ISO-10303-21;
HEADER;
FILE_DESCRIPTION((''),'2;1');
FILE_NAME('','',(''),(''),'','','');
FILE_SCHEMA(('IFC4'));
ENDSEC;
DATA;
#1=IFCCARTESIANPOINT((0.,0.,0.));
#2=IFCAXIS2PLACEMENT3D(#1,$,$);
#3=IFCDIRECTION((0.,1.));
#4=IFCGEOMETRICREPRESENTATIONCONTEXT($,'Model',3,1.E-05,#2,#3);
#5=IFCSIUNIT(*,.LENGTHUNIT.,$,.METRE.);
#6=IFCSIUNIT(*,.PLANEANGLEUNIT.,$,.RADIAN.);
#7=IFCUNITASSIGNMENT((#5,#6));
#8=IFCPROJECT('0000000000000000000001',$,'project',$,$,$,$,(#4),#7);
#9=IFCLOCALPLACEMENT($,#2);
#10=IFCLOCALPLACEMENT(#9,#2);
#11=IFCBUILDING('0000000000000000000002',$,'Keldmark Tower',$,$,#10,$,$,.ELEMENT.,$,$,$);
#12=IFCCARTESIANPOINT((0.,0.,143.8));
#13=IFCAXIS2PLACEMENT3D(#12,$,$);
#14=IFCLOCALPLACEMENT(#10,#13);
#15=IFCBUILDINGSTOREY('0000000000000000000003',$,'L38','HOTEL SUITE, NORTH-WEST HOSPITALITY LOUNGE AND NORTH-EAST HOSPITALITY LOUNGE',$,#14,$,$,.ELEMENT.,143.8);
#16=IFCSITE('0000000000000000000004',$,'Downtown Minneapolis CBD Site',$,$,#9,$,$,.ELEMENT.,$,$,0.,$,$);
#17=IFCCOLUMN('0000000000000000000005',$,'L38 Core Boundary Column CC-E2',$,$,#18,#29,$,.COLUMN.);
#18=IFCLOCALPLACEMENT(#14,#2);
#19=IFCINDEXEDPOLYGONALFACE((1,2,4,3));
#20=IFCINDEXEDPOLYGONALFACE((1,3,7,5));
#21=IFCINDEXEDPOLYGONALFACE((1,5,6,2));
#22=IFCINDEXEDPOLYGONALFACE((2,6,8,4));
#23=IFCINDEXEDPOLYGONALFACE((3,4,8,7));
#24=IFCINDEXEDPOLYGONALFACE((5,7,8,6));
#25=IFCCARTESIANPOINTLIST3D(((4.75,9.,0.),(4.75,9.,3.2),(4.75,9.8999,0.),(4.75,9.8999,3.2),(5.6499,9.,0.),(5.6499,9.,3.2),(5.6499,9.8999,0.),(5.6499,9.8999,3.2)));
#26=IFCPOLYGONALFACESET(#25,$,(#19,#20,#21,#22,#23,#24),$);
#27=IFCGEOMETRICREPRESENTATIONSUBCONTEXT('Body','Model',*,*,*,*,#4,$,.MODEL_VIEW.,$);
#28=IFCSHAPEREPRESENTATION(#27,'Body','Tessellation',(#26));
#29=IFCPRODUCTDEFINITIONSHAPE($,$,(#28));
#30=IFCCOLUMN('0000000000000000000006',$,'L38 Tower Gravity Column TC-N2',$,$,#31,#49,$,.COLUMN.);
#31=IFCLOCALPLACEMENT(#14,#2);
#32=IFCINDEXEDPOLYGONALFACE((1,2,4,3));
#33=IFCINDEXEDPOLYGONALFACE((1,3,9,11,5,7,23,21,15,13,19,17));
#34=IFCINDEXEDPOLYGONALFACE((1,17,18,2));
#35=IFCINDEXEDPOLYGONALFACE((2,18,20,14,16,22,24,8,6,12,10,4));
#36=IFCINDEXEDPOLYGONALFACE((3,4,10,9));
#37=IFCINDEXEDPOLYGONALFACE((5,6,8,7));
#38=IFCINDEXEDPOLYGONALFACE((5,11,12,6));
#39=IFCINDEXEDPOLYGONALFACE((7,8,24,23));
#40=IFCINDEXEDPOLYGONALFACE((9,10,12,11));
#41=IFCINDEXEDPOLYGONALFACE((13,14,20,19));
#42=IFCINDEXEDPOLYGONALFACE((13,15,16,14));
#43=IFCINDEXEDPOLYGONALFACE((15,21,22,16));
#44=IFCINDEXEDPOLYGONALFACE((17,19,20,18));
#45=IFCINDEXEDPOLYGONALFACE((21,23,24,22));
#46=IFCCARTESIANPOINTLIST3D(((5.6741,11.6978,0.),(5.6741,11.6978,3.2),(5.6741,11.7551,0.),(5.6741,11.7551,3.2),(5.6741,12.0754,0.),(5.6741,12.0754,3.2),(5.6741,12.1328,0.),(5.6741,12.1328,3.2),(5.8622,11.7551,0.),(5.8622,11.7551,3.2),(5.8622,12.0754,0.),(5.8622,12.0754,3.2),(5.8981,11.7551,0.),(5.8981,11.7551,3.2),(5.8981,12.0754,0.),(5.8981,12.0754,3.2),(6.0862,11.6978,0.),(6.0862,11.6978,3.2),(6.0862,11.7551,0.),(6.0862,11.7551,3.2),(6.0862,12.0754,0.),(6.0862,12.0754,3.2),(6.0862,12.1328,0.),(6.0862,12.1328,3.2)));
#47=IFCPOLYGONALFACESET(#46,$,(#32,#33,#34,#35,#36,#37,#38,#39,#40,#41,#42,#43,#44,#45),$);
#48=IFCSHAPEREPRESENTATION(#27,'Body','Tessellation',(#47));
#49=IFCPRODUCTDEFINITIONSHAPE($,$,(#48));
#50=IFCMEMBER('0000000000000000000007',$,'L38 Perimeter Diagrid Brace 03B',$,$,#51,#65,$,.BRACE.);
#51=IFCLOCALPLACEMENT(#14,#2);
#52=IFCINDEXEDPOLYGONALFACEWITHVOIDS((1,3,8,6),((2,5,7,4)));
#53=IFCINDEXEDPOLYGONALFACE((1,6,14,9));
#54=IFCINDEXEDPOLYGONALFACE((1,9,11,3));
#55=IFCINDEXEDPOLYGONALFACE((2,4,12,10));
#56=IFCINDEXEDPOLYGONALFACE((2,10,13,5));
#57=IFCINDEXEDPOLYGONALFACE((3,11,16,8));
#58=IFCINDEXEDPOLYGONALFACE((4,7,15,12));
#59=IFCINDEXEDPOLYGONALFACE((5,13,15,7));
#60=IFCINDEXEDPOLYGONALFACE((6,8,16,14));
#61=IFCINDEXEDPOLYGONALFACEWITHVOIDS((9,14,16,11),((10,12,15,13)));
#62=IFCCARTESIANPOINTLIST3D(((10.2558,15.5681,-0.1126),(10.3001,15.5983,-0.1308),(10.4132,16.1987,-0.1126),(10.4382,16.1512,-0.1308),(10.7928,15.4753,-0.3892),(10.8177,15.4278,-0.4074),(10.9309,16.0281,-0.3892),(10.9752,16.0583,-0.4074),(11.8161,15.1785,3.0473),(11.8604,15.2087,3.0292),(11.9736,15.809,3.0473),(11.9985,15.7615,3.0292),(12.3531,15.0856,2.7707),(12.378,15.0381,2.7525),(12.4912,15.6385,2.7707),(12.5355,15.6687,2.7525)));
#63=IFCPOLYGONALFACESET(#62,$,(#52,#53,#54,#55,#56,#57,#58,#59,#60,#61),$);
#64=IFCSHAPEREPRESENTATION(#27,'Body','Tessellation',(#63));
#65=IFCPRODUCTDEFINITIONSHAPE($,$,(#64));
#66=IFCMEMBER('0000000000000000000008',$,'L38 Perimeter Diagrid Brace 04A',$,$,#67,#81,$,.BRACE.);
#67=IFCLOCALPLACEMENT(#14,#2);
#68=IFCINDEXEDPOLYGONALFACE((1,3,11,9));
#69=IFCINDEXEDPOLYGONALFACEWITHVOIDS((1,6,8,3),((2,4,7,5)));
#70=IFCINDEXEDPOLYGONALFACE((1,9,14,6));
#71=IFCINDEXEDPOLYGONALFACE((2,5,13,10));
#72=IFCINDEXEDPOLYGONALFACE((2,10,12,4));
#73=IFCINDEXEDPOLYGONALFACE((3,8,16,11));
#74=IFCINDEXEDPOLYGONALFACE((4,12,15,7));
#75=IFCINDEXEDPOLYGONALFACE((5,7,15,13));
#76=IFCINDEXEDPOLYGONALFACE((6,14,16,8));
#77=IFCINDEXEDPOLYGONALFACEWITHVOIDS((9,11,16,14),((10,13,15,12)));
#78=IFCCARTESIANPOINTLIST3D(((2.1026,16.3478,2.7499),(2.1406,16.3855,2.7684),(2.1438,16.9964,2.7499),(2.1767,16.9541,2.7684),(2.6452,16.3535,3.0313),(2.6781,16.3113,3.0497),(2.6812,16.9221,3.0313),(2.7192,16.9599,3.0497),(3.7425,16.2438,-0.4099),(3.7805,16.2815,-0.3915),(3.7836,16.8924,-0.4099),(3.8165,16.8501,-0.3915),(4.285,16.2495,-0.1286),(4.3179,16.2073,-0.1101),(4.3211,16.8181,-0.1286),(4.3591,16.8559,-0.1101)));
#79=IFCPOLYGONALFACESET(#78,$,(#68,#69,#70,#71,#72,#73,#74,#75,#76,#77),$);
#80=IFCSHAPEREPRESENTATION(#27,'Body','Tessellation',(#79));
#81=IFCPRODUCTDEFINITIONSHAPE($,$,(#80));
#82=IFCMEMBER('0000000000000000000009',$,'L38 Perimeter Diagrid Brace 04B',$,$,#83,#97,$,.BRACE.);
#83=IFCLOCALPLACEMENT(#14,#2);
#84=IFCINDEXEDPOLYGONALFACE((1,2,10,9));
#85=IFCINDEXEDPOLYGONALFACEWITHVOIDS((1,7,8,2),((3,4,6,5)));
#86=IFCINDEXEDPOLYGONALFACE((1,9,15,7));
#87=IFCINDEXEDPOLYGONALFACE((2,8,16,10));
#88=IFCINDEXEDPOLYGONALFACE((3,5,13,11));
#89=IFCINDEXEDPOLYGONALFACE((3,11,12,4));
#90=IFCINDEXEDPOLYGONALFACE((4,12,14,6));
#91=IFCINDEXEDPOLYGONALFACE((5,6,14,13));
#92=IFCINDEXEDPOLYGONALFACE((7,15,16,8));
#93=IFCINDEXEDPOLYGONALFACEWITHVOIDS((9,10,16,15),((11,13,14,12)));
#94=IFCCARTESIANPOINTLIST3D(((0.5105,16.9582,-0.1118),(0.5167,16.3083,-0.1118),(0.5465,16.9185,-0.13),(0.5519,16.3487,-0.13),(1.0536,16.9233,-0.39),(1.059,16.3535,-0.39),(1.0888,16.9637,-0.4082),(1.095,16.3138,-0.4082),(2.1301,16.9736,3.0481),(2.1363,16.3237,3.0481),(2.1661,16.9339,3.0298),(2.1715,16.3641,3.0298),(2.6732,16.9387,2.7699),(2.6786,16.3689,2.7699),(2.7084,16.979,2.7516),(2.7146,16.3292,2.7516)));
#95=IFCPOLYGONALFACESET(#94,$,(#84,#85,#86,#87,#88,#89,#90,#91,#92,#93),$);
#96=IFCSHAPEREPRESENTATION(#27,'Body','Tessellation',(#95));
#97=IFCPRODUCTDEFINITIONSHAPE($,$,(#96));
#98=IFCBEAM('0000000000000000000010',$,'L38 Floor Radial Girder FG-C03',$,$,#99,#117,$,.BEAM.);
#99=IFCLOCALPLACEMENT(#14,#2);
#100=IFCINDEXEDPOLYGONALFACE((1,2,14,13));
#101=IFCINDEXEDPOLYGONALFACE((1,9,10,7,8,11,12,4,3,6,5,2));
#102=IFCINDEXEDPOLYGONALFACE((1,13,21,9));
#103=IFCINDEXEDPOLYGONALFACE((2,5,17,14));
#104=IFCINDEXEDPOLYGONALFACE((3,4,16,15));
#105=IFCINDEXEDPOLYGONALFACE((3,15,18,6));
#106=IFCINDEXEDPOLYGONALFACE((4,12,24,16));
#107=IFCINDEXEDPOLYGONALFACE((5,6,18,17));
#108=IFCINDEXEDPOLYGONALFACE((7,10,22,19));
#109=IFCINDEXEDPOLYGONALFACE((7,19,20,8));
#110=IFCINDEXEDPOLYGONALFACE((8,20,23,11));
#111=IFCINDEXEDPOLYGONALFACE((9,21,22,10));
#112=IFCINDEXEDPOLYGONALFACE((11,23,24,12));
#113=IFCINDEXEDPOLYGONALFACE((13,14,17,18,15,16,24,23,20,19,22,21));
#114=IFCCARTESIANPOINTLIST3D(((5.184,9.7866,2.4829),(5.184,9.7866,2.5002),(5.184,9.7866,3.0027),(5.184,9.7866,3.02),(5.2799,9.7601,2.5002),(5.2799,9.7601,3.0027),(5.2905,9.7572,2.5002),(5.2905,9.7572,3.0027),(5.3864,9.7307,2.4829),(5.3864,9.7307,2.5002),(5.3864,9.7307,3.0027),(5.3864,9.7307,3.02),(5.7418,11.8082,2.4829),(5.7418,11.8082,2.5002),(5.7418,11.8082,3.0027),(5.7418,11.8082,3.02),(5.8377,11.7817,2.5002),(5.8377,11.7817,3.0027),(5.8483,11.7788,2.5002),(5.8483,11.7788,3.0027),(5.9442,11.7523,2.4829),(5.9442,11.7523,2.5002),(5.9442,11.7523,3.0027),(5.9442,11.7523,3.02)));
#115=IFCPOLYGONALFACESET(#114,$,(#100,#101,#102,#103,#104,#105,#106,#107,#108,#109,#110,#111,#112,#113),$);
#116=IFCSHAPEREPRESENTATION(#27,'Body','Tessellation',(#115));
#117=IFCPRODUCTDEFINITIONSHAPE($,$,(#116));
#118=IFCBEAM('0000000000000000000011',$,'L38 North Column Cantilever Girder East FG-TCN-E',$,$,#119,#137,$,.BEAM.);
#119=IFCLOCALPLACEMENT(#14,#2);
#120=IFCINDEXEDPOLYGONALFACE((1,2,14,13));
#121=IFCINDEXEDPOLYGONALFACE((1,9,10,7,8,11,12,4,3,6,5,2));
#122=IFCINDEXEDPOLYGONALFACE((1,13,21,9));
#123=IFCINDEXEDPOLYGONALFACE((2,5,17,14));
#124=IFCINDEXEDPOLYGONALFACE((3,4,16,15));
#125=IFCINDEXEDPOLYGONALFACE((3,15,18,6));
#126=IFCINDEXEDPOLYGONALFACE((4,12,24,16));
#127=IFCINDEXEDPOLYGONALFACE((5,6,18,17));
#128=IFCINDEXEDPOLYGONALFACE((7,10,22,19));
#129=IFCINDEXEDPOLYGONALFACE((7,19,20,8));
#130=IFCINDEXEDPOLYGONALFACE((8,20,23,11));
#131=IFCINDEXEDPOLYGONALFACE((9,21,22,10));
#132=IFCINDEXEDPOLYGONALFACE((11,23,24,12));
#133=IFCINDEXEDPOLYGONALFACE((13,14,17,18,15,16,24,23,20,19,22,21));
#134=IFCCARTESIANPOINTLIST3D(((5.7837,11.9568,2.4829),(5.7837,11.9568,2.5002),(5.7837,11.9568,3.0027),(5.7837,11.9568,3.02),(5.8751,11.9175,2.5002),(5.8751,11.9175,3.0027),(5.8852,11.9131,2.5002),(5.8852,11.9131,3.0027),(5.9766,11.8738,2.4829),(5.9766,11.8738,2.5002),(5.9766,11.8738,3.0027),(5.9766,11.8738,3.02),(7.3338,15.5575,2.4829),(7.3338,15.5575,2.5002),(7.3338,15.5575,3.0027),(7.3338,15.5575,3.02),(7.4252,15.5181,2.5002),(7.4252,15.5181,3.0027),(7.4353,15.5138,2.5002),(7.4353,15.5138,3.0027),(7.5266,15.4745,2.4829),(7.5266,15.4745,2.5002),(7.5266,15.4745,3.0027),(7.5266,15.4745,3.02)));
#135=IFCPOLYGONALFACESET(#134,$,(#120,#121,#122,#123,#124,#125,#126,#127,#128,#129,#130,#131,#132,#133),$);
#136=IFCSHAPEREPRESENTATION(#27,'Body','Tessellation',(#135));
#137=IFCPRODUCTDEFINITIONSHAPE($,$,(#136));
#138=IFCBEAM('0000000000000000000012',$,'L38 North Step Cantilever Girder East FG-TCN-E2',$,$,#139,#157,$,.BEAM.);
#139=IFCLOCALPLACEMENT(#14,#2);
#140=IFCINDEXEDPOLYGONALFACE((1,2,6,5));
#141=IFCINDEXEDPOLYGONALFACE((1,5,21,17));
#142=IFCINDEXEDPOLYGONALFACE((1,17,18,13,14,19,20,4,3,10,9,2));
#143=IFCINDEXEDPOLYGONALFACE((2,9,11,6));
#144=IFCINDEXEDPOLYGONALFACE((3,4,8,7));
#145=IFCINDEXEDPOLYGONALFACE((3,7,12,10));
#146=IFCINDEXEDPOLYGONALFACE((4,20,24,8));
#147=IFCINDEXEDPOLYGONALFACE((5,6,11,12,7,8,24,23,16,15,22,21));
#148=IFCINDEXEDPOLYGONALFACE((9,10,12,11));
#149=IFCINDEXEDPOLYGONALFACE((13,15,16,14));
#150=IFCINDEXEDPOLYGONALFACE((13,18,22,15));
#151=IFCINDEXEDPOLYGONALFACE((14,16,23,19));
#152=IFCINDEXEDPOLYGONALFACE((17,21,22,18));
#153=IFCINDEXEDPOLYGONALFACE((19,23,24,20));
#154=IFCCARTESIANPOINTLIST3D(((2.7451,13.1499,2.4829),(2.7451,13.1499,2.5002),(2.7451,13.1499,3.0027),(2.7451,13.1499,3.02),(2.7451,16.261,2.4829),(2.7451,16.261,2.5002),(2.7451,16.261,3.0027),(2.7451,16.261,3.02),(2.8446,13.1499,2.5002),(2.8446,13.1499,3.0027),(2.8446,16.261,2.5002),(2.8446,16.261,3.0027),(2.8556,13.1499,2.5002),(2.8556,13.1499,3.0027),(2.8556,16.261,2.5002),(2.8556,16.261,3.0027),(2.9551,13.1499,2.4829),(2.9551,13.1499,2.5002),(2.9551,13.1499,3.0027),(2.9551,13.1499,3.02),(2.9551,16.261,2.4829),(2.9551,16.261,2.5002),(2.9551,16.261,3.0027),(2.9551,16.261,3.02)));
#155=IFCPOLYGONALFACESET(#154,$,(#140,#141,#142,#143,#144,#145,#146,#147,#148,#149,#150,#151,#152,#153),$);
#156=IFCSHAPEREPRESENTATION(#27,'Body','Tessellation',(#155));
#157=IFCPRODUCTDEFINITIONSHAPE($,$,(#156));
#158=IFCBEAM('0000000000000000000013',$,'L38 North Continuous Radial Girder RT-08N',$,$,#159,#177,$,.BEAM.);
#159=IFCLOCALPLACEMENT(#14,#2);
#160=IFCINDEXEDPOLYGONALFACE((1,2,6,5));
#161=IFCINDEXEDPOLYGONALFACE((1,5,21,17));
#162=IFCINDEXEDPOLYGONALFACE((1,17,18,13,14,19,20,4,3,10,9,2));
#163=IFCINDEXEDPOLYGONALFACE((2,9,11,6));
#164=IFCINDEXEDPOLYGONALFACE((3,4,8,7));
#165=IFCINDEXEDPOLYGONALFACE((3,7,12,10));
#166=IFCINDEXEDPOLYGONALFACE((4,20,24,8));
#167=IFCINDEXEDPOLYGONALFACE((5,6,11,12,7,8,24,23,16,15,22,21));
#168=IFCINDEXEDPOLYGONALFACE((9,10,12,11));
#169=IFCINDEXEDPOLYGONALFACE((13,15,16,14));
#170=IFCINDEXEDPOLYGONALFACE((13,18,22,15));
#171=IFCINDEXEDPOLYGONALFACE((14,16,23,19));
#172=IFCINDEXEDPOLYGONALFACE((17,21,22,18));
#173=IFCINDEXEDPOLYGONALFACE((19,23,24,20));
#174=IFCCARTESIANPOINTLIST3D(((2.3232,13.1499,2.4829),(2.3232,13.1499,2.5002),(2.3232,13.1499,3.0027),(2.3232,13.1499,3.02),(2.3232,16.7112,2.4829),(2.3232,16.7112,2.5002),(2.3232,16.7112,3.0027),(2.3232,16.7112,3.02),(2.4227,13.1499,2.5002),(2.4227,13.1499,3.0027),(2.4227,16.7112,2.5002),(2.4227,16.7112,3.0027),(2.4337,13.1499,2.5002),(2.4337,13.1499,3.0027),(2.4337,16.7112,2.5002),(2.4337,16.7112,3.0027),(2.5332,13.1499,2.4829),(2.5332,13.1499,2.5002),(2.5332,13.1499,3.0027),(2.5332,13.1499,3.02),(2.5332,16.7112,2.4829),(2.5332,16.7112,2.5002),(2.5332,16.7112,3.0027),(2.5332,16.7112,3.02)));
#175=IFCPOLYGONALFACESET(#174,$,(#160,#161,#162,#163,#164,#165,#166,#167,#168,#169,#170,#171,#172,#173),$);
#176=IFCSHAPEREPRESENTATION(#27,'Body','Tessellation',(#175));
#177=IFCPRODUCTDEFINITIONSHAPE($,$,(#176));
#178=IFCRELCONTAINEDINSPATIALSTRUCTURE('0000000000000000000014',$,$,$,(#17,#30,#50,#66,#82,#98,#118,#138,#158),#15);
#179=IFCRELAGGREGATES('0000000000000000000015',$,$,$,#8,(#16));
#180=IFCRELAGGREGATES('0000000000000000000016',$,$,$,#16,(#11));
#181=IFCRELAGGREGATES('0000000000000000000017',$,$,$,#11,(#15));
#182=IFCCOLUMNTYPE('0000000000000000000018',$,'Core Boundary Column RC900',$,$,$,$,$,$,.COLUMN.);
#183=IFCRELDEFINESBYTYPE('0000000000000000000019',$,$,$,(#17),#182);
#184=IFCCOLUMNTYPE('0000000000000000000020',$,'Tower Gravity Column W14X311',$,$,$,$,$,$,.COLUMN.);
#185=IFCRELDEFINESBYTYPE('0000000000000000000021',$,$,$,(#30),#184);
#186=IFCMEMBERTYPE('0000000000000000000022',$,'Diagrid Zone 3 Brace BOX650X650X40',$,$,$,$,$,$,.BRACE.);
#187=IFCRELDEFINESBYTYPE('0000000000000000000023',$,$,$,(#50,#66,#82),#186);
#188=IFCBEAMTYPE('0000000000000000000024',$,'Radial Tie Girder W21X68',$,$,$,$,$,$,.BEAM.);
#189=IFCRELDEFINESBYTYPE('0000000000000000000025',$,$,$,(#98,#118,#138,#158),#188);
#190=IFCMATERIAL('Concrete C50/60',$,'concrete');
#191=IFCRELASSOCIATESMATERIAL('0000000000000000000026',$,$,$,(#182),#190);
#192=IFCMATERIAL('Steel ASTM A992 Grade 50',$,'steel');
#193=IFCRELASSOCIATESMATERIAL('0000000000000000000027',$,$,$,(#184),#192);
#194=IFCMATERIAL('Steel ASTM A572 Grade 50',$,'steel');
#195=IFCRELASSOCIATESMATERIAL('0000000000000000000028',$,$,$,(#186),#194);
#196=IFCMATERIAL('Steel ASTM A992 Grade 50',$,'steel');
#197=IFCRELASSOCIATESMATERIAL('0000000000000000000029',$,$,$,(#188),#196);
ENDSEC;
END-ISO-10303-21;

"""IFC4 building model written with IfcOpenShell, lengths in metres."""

from ifc_helpers import new_model, si_unit, direction, frame, origin, origin_2d, place, context, subcontext, project, spatial, rectangle, hollow_rectangle, i_section, extrude, material, material_profile, profile_set, type_object, element, save


model = new_model("IFC4")

# Units and contexts
model_context = context("Model", 3, precision=1e-05, world=origin(), true_north=direction((0.0, 1.0)))
body_context = subcontext(model_context, "Body", "Model", "MODEL_VIEW")
ifc_project = project(units=[si_unit("LENGTHUNIT", "METRE"), si_unit("PLANEANGLEUNIT", "RADIAN")], contexts=[model_context])

# Site, building, storey
site_placement = place(None, origin())
site = spatial("IfcSite", under=ifc_project, at=site_placement, Name="Downtown Minneapolis CBD Site", CompositionType="ELEMENT", RefElevation=0.0)
building_placement = place(site_placement, origin())
building = spatial("IfcBuilding", under=site, at=building_placement, Name="Keldmark Tower", CompositionType="ELEMENT")
storey_placement = place(building_placement, frame((0.0, 0.0, 143.8)))
storey = spatial("IfcBuildingStorey", under=building, at=storey_placement, Name="L38", Description="HOTEL SUITE, NORTH-WEST HOSPITALITY LOUNGE AND NORTH-EAST HOSPITALITY LOUNGE", CompositionType="ELEMENT", Elevation=143.8)

# Columns
ifc_material_1 = material(Name="Concrete C50/60", Category="concrete")
ifc_material_profile_1 = material_profile(ifc_material_1, rectangle(XDim=0.8999, YDim=0.8999, at=origin_2d()), Name="RC900X900")
ifc_profile_set_1 = profile_set([ifc_material_profile_1], Name="Concrete C50/60")
column_type_1 = type_object("IfcColumnType", Name="Core Boundary Column RC900", PredefinedType="COLUMN", material=ifc_profile_set_1)
column_1_placement = place(storey_placement, frame((5.2, 9.45, 0.0), z_axis=(0.0, 0.0, 1.0), x_axis=(1.0, 0.0, 0.0)))
element("IfcColumn", 1, at=column_1_placement, inside=storey, type_object=column_type_1, Name="L38 Core Boundary Column CC-E2", PredefinedType="COLUMN", context=body_context, shape_type="SweptSolid", body=[
    extrude(rectangle(XDim=0.8999, YDim=0.8999, at=origin_2d()), origin(), (0.0, 0.0, 1.0), 3.2),
])
ifc_material_2 = material(Name="Steel ASTM A992 Grade 50", Category="steel")
ifc_material_profile_2 = material_profile(ifc_material_2, i_section(OverallWidth=0.4121, OverallDepth=0.4351, WebThickness=0.0359, FlangeThickness=0.0574, at=origin_2d()), Name="W14X311")
ifc_profile_set_2 = profile_set([ifc_material_profile_2], Name="Steel ASTM A992 Grade 50")
column_type_2 = type_object("IfcColumnType", Name="Tower Gravity Column W14X311", PredefinedType="COLUMN", material=ifc_profile_set_2)
column_2_placement = place(storey_placement, frame((5.8801, 11.9153, 0.0), z_axis=(0.0, 0.0, 1.0), x_axis=(1.0, 0.0, 0.0)))
element("IfcColumn", 2, at=column_2_placement, inside=storey, type_object=column_type_2, Name="L38 Tower Gravity Column TC-N2", PredefinedType="COLUMN", context=body_context, shape_type="SweptSolid", body=[
    extrude(i_section(OverallWidth=0.4121, OverallDepth=0.4351, WebThickness=0.0359, FlangeThickness=0.0574, at=origin_2d()), origin(), (0.0, 0.0, 1.0), 3.2),
])

# Members
ifc_material_3 = material(Name="Steel ASTM A572 Grade 50", Category="steel")
ifc_material_profile_3 = material_profile(ifc_material_3, hollow_rectangle(XDim=0.6499, YDim=0.6499, WallThickness=0.04, at=origin_2d()), Name="BOX650X650X40")
ifc_profile_set_3 = profile_set([ifc_material_profile_3], Name="Steel ASTM A572 Grade 50")
member_type = type_object("IfcMemberType", Name="Diagrid Zone 3 Brace BOX650X650X40", PredefinedType="BRACE", material=ifc_profile_set_3)
member_1_placement = place(storey_placement, frame((10.6155, 15.8132, -0.26), z_axis=(0.440065, -0.109896, 0.891216), x_axis=(0.242286, 0.970205, 0.0)))
element("IfcMember", 3, at=member_1_placement, inside=storey, type_object=member_type, Name="L38 Perimeter Diagrid Brace 03B", PredefinedType="BRACE", context=body_context, shape_type="SweptSolid", body=[
    extrude(hollow_rectangle(XDim=0.6499, YDim=0.6499, WallThickness=0.04, at=origin_2d()), origin(), (0.0, 0.0, 1.0), 3.5457),
])
member_2_placement = place(storey_placement, frame((4.0508, 16.5498, -0.26), z_axis=(-0.460435, 0.029201, 0.887213), x_axis=(-0.063294, -0.997995, 0.0)))
element("IfcMember", 4, at=member_2_placement, inside=storey, type_object=member_type, Name="L38 Perimeter Diagrid Brace 04A", PredefinedType="BRACE", context=body_context, shape_type="SweptSolid", body=[
    extrude(hollow_rectangle(XDim=0.6499, YDim=0.6499, WallThickness=0.04, at=origin_2d()), origin(), (0.0, 0.0, 1.0), 3.5615),
])
member_3_placement = place(storey_placement, frame((0.8027, 16.636, -0.26), z_axis=(0.456125, 0.004332, 0.889905), x_axis=(-0.009496, 0.999955, 0.0)))
element("IfcMember", 5, at=member_3_placement, inside=storey, type_object=member_type, Name="L38 Perimeter Diagrid Brace 04B", PredefinedType="BRACE", context=body_context, shape_type="SweptSolid", body=[
    extrude(hollow_rectangle(XDim=0.6499, YDim=0.6499, WallThickness=0.04, at=origin_2d()), origin(), (0.0, 0.0, 1.0), 3.5508),
])

# Beams
ifc_material_4 = material(Name="Steel ASTM A992 Grade 50", Category="steel")
ifc_material_profile_4 = material_profile(ifc_material_4, i_section(OverallWidth=0.21, OverallDepth=0.5371, WebThickness=0.011, FlangeThickness=0.0173, at=origin_2d()), Name="W21X68")
ifc_profile_set_4 = profile_set([ifc_material_profile_4], Name="Steel ASTM A992 Grade 50")
beam_type_1 = type_object("IfcBeamType", Name="Radial Tie Girder W21X68", PredefinedType="BEAM", material=ifc_profile_set_4)
beam_1_placement = place(storey_placement, frame((5.843, 11.7803, 2.7515), z_axis=(-0.265992, -0.963975, 0.0), x_axis=(0.963975, -0.265992, 0.0)))
element("IfcBeam", 6, at=beam_1_placement, inside=storey, type_object=beam_type_1, Name="L38 Floor Radial Girder FG-C03", PredefinedType="BEAM", context=body_context, shape_type="SweptSolid", body=[
    extrude(i_section(OverallWidth=0.21, OverallDepth=0.5371, WebThickness=0.011, FlangeThickness=0.0173, at=origin_2d()), origin(), (0.0, 0.0, 1.0), 2.0972),
])
beam_2_placement = place(storey_placement, frame((5.8801, 11.9153, 2.7515), z_axis=(0.395415, 0.918503, 0.0), x_axis=(-0.918503, 0.395415, 0.0)))
element("IfcBeam", 7, at=beam_2_placement, inside=storey, type_object=beam_type_1, Name="L38 North Column Cantilever Girder East FG-TCN-E", PredefinedType="BEAM", context=body_context, shape_type="SweptSolid", body=[
    extrude(i_section(OverallWidth=0.21, OverallDepth=0.5371, WebThickness=0.011, FlangeThickness=0.0173, at=origin_2d()), origin(), (0.0, 0.0, 1.0), 3.9202),
])
beam_3_placement = place(storey_placement, frame((2.8501, 13.1499, 2.7515), z_axis=(0.0, 1.0, 0.0), x_axis=(-1.0, 0.0, 0.0)))
element("IfcBeam", 8, at=beam_3_placement, inside=storey, type_object=beam_type_1, Name="L38 North Step Cantilever Girder East FG-TCN-E2", PredefinedType="BEAM", context=body_context, shape_type="SweptSolid", body=[
    extrude(i_section(OverallWidth=0.21, OverallDepth=0.5371, WebThickness=0.011, FlangeThickness=0.0173, at=origin_2d()), origin(), (0.0, 0.0, 1.0), 3.1111),
])
beam_4_placement = place(storey_placement, frame((2.4282, 13.1499, 2.7515), z_axis=(0.0, 1.0, 0.0), x_axis=(-1.0, 0.0, 0.0)))
element("IfcBeam", 9, at=beam_4_placement, inside=storey, type_object=beam_type_1, Name="L38 North Continuous Radial Girder RT-08N", PredefinedType="BEAM", context=body_context, shape_type="SweptSolid", body=[
    extrude(i_section(OverallWidth=0.21, OverallDepth=0.5371, WebThickness=0.011, FlangeThickness=0.0173, at=origin_2d()), origin(), (0.0, 0.0, 1.0), 3.5613),
])

save(model, "model.ifc")
